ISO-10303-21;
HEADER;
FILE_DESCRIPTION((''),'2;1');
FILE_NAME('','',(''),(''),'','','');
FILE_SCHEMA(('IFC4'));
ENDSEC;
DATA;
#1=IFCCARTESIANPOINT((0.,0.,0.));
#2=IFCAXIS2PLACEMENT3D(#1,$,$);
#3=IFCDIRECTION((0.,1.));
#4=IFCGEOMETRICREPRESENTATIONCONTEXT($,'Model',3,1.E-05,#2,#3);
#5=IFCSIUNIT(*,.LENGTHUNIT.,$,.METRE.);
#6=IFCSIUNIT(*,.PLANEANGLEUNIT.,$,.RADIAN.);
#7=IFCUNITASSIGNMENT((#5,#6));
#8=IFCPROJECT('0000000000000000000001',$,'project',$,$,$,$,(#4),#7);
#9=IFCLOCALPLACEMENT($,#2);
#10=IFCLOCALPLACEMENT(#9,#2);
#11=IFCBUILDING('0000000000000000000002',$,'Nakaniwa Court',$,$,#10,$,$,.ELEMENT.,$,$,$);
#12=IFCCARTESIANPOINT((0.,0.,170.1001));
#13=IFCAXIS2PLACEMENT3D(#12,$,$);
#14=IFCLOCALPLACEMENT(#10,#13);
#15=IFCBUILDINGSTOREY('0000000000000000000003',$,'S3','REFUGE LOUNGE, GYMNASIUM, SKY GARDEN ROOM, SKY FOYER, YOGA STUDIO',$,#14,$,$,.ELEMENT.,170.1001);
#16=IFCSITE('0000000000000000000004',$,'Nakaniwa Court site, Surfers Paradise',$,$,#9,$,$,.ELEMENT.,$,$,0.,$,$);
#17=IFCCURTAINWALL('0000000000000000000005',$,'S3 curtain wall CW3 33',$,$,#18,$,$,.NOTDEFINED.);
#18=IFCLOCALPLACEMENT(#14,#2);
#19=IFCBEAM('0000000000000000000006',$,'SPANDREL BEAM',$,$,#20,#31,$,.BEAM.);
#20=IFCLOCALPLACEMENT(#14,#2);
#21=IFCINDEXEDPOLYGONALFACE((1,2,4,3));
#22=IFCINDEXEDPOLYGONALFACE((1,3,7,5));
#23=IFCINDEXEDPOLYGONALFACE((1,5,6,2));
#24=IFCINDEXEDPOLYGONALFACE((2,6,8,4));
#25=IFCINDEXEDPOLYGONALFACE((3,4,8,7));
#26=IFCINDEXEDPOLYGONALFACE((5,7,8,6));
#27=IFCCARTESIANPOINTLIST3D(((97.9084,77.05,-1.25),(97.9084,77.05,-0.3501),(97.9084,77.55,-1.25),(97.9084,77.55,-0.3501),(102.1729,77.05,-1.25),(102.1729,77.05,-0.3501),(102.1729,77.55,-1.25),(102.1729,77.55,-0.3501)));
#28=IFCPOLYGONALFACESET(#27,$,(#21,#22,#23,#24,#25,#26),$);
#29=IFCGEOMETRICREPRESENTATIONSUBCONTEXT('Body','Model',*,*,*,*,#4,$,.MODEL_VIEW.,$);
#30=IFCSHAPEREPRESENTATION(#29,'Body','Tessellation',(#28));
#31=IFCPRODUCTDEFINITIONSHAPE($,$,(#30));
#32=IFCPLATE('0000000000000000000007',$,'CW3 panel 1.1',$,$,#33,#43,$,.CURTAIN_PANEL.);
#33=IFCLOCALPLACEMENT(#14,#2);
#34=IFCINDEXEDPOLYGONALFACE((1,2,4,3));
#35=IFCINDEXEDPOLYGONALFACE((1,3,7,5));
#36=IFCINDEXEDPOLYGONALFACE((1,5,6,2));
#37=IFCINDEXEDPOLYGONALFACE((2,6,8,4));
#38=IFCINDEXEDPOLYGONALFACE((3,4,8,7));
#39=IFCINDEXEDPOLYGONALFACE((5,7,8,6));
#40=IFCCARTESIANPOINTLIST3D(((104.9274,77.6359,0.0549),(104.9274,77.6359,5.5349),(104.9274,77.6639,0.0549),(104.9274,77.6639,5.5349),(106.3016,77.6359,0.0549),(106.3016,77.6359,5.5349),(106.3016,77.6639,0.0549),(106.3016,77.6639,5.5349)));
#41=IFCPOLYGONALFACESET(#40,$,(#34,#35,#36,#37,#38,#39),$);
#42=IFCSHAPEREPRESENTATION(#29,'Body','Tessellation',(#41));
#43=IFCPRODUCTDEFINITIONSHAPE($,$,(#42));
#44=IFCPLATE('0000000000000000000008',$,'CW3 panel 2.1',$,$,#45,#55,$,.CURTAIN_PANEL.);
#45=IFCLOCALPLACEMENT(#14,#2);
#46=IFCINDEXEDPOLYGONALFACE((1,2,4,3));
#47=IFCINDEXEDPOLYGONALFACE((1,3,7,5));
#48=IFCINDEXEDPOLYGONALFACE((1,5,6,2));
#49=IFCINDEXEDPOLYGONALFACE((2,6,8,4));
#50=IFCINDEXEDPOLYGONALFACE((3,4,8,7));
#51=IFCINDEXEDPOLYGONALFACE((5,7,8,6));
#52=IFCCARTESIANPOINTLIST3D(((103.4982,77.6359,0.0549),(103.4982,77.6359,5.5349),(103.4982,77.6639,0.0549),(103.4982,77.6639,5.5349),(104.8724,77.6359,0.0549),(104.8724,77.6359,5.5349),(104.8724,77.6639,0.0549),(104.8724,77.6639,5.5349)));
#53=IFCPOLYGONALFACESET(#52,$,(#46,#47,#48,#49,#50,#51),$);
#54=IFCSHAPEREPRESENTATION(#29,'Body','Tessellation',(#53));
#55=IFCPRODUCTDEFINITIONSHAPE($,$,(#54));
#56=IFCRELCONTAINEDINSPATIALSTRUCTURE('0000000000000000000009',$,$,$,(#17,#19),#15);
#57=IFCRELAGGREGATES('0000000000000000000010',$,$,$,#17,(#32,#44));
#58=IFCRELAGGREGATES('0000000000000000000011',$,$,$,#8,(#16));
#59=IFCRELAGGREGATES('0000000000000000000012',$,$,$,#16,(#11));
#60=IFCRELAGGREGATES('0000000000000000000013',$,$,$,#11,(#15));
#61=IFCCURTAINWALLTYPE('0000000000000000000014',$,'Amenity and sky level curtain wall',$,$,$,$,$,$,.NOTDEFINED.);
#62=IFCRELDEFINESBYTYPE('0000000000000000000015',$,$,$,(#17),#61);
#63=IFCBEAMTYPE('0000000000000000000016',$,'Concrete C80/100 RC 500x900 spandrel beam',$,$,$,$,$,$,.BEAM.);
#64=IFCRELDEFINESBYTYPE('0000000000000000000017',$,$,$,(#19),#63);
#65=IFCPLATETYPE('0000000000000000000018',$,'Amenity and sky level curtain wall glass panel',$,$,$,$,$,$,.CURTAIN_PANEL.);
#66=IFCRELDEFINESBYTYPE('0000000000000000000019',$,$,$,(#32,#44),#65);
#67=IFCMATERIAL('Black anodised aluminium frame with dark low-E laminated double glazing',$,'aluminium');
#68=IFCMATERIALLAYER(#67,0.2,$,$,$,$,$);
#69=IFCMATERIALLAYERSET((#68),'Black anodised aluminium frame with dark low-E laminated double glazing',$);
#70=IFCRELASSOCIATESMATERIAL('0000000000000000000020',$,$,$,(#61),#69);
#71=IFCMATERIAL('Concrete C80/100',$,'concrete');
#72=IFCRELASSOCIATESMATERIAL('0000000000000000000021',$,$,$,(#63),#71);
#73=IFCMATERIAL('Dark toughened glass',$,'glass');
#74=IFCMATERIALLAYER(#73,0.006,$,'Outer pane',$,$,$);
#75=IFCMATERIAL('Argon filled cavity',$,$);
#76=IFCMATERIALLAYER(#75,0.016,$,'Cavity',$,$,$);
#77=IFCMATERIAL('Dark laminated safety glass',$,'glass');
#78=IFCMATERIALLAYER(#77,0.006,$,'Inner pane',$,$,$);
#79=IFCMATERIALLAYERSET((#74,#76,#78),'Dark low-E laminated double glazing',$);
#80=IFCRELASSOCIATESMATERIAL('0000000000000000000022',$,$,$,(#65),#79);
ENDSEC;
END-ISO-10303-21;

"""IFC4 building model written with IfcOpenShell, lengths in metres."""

from ifc_helpers import new_model, si_unit, direction, frame, origin, origin_2d, place, context, subcontext, project, spatial, rectangle, extrude, material, layer, layer_set, material_profile, profile_set, type_object, element, aggregate, save


model = new_model("IFC4")

# Units and contexts
model_context = context("Model", 3, precision=1e-05, world=origin(), true_north=direction((0.0, 1.0)))
body_context = subcontext(model_context, "Body", "Model", "MODEL_VIEW")
ifc_project = project(units=[si_unit("LENGTHUNIT", "METRE"), si_unit("PLANEANGLEUNIT", "RADIAN")], contexts=[model_context])

# Site, building, storey
site_placement = place(None, origin())
site = spatial("IfcSite", under=ifc_project, at=site_placement, Name="Nakaniwa Court site, Surfers Paradise", CompositionType="ELEMENT", RefElevation=0.0)
building_placement = place(site_placement, origin())
building = spatial("IfcBuilding", under=site, at=building_placement, Name="Nakaniwa Court", CompositionType="ELEMENT")
storey_placement = place(building_placement, frame((0.0, 0.0, 170.1001)))
storey = spatial("IfcBuildingStorey", under=building, at=storey_placement, Name="S3", Description="REFUGE LOUNGE, GYMNASIUM, SKY GARDEN ROOM, SKY FOYER, YOGA STUDIO", CompositionType="ELEMENT", Elevation=170.1001)

# Shared definitions
ifc_material_1 = material(Name="Concrete C80/100", Category="concrete")

# Curtain wall
ifc_material_2 = material(Name="Black anodised aluminium frame with dark low-E laminated double glazing", Category="aluminium")
ifc_layer_1 = layer(ifc_material_2, 0.2)
ifc_layer_set_1 = layer_set([ifc_layer_1], Name="Black anodised aluminium frame with dark low-E laminated double glazing")
curtain_wall_type = type_object("IfcCurtainWallType", Name="Amenity and sky level curtain wall", PredefinedType="NOTDEFINED", material=ifc_layer_set_1)
curtain_wall_placement = place(storey_placement, origin())
curtain_wall = element("IfcCurtainWall", 1, at=curtain_wall_placement, inside=storey, type_object=curtain_wall_type, Name="S3 curtain wall CW3 33", PredefinedType="NOTDEFINED")

# Beam
ifc_material_profile_1 = material_profile(ifc_material_1, rectangle(XDim=0.5, YDim=0.8999, at=origin_2d()), Name="Concrete C80/100 RC 500x900 spandrel beam")
ifc_profile_set_1 = profile_set([ifc_material_profile_1], Name="Concrete C80/100")
beam_type = type_object("IfcBeamType", Name="Concrete C80/100 RC 500x900 spandrel beam", PredefinedType="BEAM", material=ifc_profile_set_1)
beam_1_placement = place(storey_placement, frame((102.1729, 77.3, -0.8), z_axis=(-1.0, 0.0, 0.0), x_axis=(0.0, -1.0, 0.0)))
element("IfcBeam", 2, at=beam_1_placement, inside=storey, type_object=beam_type, Name="SPANDREL BEAM", PredefinedType="BEAM", context=body_context, shape_type="SweptSolid", body=[
    extrude(rectangle(XDim=0.5, YDim=0.8999, at=origin_2d()), origin(), (0.0, 0.0, 1.0), 4.2644),
])

# Plates
ifc_material_3 = material(Name="Dark toughened glass", Category="glass")
ifc_layer_2 = layer(ifc_material_3, 0.006, Name="Outer pane")
ifc_material_4 = material(Name="Argon filled cavity")
ifc_layer_3 = layer(ifc_material_4, 0.016, Name="Cavity")
ifc_material_5 = material(Name="Dark laminated safety glass", Category="glass")
ifc_layer_4 = layer(ifc_material_5, 0.006, Name="Inner pane")
ifc_layer_set_2 = layer_set([ifc_layer_2, ifc_layer_3, ifc_layer_4], Name="Dark low-E laminated double glazing")
plate_type = type_object("IfcPlateType", Name="Amenity and sky level curtain wall glass panel", PredefinedType="CURTAIN_PANEL", material=ifc_layer_set_2)
plate_1_placement = place(storey_placement, frame((105.6145, 77.6499, 0.0549), z_axis=(0.0, 0.0, 1.0), x_axis=(-1.0, 0.0, 0.0)))
plate_1 = element("IfcPlate", 3, at=plate_1_placement, type_object=plate_type, Name="CW3 panel 1.1", PredefinedType="CURTAIN_PANEL", context=body_context, shape_type="SweptSolid", body=[
    extrude(rectangle(XDim=1.3743, YDim=0.0281, at=origin_2d()), origin(), (0.0, 0.0, 1.0), 5.48),
])
plate_2_placement = place(storey_placement, frame((104.1853, 77.6499, 0.0549), z_axis=(0.0, 0.0, 1.0), x_axis=(-1.0, 0.0, 0.0)))
plate_2 = element("IfcPlate", 4, at=plate_2_placement, type_object=plate_type, Name="CW3 panel 2.1", PredefinedType="CURTAIN_PANEL", context=body_context, shape_type="SweptSolid", body=[
    extrude(rectangle(XDim=1.3743, YDim=0.0281, at=origin_2d()), origin(), (0.0, 0.0, 1.0), 5.48),
])
aggregate(curtain_wall, [plate_1, plate_2])

save(model, "model.ifc")
